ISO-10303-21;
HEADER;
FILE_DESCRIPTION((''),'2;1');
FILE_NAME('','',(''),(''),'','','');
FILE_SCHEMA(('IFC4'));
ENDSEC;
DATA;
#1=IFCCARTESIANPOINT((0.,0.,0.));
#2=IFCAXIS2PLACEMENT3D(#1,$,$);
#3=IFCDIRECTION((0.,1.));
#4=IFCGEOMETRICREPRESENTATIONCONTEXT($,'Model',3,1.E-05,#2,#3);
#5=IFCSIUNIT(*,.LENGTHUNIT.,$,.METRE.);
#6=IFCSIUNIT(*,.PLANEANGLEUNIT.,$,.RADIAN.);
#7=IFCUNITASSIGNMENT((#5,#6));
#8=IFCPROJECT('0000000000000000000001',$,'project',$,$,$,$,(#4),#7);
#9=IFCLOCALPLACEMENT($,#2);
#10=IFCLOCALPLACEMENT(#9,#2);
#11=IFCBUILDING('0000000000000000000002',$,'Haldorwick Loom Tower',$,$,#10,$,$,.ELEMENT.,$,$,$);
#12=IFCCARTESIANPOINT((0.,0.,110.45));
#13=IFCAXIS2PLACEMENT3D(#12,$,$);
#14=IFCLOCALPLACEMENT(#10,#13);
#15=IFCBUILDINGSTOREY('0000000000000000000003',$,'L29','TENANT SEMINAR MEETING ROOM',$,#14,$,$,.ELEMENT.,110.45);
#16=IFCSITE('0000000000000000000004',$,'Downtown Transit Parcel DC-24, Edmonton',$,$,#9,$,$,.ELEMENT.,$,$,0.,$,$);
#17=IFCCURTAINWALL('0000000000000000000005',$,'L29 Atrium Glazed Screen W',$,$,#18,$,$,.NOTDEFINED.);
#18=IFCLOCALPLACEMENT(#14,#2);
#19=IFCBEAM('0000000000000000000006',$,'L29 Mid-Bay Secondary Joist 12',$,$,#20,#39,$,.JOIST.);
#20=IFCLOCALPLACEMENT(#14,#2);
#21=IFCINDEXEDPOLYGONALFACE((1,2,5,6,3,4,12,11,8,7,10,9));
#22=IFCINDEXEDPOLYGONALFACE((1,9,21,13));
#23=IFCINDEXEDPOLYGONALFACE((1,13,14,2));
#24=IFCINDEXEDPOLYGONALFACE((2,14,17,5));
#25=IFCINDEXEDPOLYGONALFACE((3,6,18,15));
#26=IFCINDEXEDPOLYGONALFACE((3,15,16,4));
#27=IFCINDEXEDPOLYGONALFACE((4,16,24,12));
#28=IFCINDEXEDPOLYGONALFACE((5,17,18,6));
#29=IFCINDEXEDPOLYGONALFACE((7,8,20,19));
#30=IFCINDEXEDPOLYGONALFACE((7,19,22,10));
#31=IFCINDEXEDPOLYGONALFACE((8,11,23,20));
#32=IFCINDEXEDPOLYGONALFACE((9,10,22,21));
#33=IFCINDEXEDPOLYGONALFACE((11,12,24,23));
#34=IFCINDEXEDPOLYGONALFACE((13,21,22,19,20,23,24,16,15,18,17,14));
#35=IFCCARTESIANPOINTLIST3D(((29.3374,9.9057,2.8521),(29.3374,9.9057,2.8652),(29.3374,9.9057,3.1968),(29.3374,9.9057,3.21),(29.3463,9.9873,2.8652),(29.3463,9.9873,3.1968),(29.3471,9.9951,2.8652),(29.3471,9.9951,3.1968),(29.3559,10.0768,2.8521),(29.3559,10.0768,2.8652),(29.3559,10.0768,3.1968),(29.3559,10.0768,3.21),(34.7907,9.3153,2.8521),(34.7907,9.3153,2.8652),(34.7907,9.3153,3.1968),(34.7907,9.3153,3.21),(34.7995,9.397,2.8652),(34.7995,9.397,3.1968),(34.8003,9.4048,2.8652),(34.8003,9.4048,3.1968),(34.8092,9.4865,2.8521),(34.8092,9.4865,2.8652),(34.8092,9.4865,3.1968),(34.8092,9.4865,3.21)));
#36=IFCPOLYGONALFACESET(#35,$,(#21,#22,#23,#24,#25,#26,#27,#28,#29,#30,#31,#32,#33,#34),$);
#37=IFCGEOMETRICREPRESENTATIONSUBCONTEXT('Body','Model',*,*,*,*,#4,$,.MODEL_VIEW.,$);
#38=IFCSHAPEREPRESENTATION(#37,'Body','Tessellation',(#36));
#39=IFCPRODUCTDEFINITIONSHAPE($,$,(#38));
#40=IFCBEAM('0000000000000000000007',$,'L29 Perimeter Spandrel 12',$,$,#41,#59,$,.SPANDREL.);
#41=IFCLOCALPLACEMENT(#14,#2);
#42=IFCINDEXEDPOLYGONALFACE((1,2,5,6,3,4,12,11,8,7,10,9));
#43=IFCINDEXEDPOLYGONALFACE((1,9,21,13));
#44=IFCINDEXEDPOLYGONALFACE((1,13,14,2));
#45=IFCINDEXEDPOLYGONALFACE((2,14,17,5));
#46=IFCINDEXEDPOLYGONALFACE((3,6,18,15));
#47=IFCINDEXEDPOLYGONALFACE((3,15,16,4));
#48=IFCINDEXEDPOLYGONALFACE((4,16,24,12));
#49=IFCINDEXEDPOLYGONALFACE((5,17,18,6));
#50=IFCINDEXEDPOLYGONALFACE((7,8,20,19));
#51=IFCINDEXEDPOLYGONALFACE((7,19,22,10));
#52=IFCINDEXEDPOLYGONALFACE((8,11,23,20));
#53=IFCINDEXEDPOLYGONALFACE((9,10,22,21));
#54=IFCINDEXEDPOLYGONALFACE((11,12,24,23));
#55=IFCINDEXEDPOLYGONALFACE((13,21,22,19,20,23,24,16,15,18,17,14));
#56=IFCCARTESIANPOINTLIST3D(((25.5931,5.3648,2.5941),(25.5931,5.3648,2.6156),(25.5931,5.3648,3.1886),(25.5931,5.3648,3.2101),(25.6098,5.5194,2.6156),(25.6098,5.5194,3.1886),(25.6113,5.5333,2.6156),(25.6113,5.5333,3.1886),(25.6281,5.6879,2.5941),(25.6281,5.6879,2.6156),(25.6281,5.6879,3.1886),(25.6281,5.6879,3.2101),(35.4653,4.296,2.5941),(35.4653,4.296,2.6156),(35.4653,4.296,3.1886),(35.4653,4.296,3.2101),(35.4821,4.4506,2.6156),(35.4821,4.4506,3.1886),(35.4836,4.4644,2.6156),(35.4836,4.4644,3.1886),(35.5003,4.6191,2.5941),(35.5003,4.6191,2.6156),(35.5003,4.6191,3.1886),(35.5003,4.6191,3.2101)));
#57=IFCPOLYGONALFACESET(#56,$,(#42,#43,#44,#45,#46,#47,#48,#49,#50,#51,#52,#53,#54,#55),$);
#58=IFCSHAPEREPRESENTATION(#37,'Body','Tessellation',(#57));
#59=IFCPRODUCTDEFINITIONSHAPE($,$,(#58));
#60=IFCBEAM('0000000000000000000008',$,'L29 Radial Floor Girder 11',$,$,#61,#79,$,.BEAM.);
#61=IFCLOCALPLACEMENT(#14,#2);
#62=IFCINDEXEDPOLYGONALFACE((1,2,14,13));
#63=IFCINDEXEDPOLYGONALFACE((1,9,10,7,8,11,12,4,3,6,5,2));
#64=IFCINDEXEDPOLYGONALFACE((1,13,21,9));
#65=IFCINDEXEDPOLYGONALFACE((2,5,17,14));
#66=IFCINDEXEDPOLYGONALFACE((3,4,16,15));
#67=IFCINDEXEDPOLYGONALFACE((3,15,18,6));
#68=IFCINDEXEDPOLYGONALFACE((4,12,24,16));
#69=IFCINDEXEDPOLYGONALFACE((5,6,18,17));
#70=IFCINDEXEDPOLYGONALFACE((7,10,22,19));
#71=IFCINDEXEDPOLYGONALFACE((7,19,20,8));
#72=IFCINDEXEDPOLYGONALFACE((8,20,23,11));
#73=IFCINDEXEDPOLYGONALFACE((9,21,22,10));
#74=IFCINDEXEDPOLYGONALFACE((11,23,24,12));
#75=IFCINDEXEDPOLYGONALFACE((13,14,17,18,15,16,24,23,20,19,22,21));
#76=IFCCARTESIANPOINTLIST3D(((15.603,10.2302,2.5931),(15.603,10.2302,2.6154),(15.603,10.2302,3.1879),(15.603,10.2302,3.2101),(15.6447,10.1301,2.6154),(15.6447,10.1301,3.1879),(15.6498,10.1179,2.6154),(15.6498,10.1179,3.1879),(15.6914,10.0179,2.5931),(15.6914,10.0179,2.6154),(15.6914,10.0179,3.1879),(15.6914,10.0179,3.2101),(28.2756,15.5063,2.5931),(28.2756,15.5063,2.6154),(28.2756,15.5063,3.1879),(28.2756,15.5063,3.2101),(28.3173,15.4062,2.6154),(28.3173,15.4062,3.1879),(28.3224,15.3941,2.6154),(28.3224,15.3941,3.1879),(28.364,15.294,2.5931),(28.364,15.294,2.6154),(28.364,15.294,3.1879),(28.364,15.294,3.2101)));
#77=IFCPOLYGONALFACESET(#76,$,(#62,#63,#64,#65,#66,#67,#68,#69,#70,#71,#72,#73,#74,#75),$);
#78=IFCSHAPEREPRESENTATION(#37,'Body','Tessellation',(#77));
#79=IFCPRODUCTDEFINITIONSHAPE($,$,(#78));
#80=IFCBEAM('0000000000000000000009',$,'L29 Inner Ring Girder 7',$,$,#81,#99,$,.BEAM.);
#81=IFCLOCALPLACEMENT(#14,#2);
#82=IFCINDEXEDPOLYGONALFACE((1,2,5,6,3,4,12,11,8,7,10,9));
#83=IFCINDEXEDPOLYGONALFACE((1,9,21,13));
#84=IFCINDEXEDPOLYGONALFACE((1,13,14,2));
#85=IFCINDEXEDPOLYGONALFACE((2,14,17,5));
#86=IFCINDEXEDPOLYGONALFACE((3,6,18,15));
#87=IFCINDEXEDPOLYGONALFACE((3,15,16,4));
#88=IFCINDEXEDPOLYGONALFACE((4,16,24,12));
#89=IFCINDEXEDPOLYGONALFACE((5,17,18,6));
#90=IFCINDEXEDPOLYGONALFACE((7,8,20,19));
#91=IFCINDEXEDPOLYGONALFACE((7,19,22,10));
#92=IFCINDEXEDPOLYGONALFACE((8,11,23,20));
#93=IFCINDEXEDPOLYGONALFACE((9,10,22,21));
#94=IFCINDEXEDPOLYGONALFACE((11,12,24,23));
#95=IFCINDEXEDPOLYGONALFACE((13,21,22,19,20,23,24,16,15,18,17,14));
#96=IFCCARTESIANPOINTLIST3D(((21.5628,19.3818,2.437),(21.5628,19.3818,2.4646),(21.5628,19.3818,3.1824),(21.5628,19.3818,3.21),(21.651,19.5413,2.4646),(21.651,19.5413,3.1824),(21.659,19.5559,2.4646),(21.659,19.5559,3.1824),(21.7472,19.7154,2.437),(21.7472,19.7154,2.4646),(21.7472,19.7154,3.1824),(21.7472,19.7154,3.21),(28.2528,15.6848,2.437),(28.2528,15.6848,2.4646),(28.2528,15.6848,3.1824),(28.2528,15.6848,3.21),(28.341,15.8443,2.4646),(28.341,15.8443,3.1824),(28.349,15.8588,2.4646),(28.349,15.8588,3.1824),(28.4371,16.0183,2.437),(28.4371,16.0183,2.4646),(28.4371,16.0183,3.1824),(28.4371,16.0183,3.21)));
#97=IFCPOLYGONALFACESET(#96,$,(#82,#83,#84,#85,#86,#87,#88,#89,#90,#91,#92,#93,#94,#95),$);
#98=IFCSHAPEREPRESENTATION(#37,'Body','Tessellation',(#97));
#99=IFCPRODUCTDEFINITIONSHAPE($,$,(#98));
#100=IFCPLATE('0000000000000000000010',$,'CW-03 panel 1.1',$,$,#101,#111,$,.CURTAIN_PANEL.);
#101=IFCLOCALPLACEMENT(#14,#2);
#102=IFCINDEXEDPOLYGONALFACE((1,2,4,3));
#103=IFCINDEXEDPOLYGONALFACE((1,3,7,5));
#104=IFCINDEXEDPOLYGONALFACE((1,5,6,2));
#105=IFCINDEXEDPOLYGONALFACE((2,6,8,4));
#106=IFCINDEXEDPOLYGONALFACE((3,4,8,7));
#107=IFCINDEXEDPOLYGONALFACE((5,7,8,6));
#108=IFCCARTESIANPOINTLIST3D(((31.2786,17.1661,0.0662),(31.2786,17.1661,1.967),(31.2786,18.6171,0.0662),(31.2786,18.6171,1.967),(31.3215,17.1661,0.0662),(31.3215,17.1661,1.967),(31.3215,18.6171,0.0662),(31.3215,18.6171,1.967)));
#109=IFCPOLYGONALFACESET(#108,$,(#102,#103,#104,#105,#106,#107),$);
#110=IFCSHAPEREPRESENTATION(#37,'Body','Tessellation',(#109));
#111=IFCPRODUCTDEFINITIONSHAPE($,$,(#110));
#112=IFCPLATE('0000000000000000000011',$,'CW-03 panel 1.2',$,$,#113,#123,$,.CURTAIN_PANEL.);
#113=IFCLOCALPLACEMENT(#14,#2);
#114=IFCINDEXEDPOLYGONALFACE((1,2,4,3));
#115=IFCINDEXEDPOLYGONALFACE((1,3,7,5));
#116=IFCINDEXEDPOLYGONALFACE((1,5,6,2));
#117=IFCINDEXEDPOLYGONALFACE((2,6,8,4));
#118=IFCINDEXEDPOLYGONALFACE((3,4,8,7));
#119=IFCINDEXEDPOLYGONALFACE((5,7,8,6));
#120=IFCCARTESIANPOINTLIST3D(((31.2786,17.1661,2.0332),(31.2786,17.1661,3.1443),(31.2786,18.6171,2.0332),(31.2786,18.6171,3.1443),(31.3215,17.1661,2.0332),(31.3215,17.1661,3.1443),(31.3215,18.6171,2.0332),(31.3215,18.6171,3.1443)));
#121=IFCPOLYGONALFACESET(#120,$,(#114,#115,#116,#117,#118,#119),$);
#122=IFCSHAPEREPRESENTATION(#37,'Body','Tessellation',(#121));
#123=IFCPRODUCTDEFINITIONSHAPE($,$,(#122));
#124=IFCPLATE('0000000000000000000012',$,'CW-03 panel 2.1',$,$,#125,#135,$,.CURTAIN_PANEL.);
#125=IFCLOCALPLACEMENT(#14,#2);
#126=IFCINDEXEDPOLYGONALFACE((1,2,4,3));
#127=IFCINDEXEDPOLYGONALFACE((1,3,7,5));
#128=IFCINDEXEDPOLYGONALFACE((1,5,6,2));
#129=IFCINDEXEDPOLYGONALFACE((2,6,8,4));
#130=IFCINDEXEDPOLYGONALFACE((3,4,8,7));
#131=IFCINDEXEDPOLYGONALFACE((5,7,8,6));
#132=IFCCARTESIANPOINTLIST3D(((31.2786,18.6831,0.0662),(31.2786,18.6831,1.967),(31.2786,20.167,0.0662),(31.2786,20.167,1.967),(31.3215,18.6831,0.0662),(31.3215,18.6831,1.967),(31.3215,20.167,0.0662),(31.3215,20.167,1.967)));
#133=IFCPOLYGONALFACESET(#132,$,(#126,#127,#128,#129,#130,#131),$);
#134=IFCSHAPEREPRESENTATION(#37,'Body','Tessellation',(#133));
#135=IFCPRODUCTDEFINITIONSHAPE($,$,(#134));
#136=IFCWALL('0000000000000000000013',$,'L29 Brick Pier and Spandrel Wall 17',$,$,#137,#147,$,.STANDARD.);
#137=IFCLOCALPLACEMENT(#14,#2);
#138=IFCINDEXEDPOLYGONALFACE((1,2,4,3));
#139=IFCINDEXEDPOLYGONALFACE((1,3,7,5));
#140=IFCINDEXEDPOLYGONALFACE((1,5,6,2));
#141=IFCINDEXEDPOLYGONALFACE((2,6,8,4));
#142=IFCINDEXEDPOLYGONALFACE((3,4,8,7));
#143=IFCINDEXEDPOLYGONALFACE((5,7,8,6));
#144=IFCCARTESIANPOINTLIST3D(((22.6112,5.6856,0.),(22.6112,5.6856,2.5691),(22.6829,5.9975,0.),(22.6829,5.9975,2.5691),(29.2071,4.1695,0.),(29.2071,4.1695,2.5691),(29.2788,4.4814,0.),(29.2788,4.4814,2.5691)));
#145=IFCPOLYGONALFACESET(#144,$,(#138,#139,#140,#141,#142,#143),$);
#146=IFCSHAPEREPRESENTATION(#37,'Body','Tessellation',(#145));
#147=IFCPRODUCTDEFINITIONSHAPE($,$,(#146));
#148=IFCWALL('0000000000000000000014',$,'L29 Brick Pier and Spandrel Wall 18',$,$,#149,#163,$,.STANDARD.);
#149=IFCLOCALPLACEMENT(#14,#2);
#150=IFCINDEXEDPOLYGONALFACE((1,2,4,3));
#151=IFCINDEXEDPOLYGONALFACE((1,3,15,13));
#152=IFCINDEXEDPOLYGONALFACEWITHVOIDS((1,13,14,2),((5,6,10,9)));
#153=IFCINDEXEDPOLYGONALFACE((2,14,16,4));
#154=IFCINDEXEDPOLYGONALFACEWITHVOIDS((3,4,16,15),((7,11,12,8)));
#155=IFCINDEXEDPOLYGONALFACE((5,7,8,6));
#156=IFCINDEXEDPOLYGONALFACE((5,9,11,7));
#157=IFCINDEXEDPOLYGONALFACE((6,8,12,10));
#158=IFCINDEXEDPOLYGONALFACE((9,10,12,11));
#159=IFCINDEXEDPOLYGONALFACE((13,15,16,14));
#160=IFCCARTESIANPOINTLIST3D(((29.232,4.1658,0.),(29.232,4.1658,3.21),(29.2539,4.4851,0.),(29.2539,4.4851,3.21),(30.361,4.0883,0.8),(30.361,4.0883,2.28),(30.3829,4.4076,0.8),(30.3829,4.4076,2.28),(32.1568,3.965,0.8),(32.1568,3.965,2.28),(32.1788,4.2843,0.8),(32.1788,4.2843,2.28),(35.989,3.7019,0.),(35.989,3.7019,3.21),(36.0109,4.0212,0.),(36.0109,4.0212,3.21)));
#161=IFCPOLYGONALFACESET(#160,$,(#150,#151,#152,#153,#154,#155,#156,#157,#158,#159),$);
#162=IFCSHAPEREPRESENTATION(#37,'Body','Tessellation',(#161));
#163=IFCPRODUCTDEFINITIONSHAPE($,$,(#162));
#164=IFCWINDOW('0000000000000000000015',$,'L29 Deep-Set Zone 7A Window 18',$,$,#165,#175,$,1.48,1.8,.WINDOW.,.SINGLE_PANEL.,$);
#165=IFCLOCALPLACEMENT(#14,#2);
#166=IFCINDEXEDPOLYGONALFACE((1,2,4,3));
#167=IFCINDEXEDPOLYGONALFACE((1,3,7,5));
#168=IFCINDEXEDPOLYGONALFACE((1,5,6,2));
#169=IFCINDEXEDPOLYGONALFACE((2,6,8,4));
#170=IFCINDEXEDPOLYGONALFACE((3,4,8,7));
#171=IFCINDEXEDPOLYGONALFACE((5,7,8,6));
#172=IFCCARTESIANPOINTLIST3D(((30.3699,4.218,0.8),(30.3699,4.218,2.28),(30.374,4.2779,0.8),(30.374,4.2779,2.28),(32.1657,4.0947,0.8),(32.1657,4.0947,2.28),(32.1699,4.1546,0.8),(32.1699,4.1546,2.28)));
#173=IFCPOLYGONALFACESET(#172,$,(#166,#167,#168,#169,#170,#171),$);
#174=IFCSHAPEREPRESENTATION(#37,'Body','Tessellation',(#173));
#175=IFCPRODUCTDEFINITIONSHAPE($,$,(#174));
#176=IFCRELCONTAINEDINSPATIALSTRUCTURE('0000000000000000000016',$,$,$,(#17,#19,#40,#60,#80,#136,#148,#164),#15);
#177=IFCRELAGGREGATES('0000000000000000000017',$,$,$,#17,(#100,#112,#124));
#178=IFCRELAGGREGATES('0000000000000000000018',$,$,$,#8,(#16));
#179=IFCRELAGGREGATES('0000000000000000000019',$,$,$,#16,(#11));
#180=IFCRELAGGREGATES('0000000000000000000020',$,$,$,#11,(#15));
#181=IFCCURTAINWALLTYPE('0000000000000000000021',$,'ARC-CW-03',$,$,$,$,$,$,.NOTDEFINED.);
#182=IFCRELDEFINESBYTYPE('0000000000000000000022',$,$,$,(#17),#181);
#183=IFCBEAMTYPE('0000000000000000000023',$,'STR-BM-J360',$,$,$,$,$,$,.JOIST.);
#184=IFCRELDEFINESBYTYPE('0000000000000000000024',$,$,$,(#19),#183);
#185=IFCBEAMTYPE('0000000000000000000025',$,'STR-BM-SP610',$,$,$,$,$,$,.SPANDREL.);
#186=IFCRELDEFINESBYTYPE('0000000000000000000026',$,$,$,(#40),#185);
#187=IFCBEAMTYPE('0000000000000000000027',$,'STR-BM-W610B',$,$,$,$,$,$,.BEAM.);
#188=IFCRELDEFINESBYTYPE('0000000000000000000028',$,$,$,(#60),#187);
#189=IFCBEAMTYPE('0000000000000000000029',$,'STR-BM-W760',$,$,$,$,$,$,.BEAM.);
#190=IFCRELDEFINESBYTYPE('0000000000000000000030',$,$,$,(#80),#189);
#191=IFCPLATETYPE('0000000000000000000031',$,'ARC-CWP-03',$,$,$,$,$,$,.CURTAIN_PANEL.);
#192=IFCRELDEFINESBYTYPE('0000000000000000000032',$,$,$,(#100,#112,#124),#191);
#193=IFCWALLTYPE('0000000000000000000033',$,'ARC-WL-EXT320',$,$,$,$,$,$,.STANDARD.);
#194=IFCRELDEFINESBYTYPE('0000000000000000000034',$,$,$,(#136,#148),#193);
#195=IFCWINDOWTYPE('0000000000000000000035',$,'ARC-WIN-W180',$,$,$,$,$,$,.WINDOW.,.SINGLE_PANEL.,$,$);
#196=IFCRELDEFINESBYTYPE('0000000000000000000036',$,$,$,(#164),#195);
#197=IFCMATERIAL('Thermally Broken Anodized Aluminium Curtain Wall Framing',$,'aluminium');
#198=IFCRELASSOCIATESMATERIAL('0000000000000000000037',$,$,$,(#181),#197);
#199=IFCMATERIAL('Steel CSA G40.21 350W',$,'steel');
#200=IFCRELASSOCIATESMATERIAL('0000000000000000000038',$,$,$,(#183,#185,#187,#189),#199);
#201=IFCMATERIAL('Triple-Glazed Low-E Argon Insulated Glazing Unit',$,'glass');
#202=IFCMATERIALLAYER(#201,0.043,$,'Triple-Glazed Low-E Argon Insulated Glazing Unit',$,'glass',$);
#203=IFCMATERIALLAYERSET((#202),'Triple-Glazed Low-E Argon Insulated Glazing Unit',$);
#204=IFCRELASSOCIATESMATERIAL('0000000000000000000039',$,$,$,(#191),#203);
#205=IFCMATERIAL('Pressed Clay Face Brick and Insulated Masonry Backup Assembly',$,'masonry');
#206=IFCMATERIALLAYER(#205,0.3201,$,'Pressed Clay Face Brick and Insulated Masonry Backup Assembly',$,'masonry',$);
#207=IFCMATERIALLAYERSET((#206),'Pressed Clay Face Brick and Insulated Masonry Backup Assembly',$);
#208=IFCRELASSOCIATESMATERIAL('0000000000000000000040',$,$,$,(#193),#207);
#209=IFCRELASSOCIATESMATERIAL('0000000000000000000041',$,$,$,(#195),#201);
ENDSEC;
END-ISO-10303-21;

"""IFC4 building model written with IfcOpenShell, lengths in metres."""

from ifc_helpers import new_model, si_unit, direction, frame, frame_2d, origin, origin_2d, place, context, subcontext, project, spatial, rectangle, i_section, extrude, material, layer, layer_set, material_profile, profile_set, type_object, element, fill, aggregate, save


model = new_model("IFC4")

# Units and contexts
model_context = context("Model", 3, precision=1e-05, world=origin(), true_north=direction((0.0, 1.0)))
body_context = subcontext(model_context, "Body", "Model", "MODEL_VIEW")
ifc_project = project(units=[si_unit("LENGTHUNIT", "METRE"), si_unit("PLANEANGLEUNIT", "RADIAN")], contexts=[model_context])

# Site, building, storey
site_placement = place(None, origin())
site = spatial("IfcSite", under=ifc_project, at=site_placement, Name="Downtown Transit Parcel DC-24, Edmonton", CompositionType="ELEMENT", RefElevation=0.0)
building_placement = place(site_placement, origin())
building = spatial("IfcBuilding", under=site, at=building_placement, Name="Haldorwick Loom Tower", CompositionType="ELEMENT")
storey_placement = place(building_placement, frame((0.0, 0.0, 110.45)))
storey = spatial("IfcBuildingStorey", under=building, at=storey_placement, Name="L29", Description="TENANT SEMINAR MEETING ROOM", CompositionType="ELEMENT", Elevation=110.45)

# Curtain wall
ifc_material_1 = material(Name="Thermally Broken Anodized Aluminium Curtain Wall Framing", Category="aluminium")
curtain_wall_type = type_object("IfcCurtainWallType", Name="ARC-CW-03", PredefinedType="NOTDEFINED", material=ifc_material_1)
curtain_wall_placement = place(storey_placement, origin())
curtain_wall = element("IfcCurtainWall", 1, at=curtain_wall_placement, inside=storey, type_object=curtain_wall_type, Name="L29 Atrium Glazed Screen W", PredefinedType="NOTDEFINED")

# Beams
ifc_material_2 = material(Name="Steel CSA G40.21 350W", Category="steel")
ifc_material_profile_1 = material_profile(ifc_material_2, i_section(OverallWidth=0.1721, OverallDepth=0.3579, WebThickness=0.0078, FlangeThickness=0.0132, at=origin_2d()), Name="W360X57", Category="steel")
ifc_profile_set_1 = profile_set([ifc_material_profile_1], Name="Steel CSA G40.21 350W")
beam_type_1 = type_object("IfcBeamType", Name="STR-BM-J360", PredefinedType="JOIST", material=ifc_profile_set_1)
beam_1_placement = place(storey_placement, frame((29.3467, 9.9912, 3.031), z_axis=(0.994192, -0.107622, 0.0), x_axis=(0.107622, 0.994192, 0.0)))
element("IfcBeam", 2, at=beam_1_placement, inside=storey, type_object=beam_type_1, Name="L29 Mid-Bay Secondary Joist 12", PredefinedType="JOIST", context=body_context, shape_type="SweptSolid", body=[
    extrude(i_section(OverallWidth=0.1721, OverallDepth=0.3579, WebThickness=0.0078, FlangeThickness=0.0132, at=origin_2d()), origin(), (0.0, 0.0, 1.0), 5.4851),
])
ifc_material_profile_2 = material_profile(ifc_material_2, i_section(OverallWidth=0.325, OverallDepth=0.616, WebThickness=0.0139, FlangeThickness=0.0215, at=origin_2d()), Name="W610X174", Category="steel")
ifc_profile_set_2 = profile_set([ifc_material_profile_2], Name="Steel CSA G40.21 350W")
beam_type_2 = type_object("IfcBeamType", Name="STR-BM-SP610", PredefinedType="SPANDREL", material=ifc_profile_set_2)
beam_2_placement = place(storey_placement, frame((25.6106, 5.5264, 2.9021), z_axis=(0.99419, -0.107638, 0.0), x_axis=(0.107638, 0.99419, 0.0)))
element("IfcBeam", 3, at=beam_2_placement, inside=storey, type_object=beam_type_2, Name="L29 Perimeter Spandrel 12", PredefinedType="SPANDREL", context=body_context, shape_type="SweptSolid", body=[
    extrude(i_section(OverallWidth=0.325, OverallDepth=0.616, WebThickness=0.0139, FlangeThickness=0.0215, at=origin_2d()), origin(), (0.0, 0.0, 1.0), 9.9299),
])
ifc_material_profile_3 = material_profile(ifc_material_2, i_section(OverallWidth=0.23, OverallDepth=0.6169, WebThickness=0.0132, FlangeThickness=0.0222, at=origin_2d()), Name="W610X140", Category="steel")
ifc_profile_set_3 = profile_set([ifc_material_profile_3], Name="Steel CSA G40.21 350W")
beam_type_3 = type_object("IfcBeamType", Name="STR-BM-W610B", PredefinedType="BEAM", material=ifc_profile_set_3)
beam_3_placement = place(storey_placement, frame((28.3198, 15.4001, 2.9016), z_axis=(-0.923184, -0.384359, 0.0), x_axis=(0.384359, -0.923184, 0.0)))
element("IfcBeam", 4, at=beam_3_placement, inside=storey, type_object=beam_type_3, Name="L29 Radial Floor Girder 11", PredefinedType="BEAM", context=body_context, shape_type="SweptSolid", body=[
    extrude(i_section(OverallWidth=0.23, OverallDepth=0.6169, WebThickness=0.0132, FlangeThickness=0.0222, at=origin_2d()), origin(), (0.0, 0.0, 1.0), 13.7271),
])
ifc_material_profile_4 = material_profile(ifc_material_2, i_section(OverallWidth=0.3811, OverallDepth=0.7729, WebThickness=0.0166, FlangeThickness=0.0276, at=origin_2d()), Name="W760X257", Category="steel")
ifc_profile_set_4 = profile_set([ifc_material_profile_4], Name="Steel CSA G40.21 350W")
beam_type_4 = type_object("IfcBeamType", Name="STR-BM-W760", PredefinedType="BEAM", material=ifc_profile_set_4)
beam_4_placement = place(storey_placement, frame((28.345, 15.8516, 2.8235), z_axis=(-0.875244, 0.483681, 0.0), x_axis=(-0.483681, -0.875244, 0.0)))
element("IfcBeam", 5, at=beam_4_placement, inside=storey, type_object=beam_type_4, Name="L29 Inner Ring Girder 7", PredefinedType="BEAM", context=body_context, shape_type="SweptSolid", body=[
    extrude(i_section(OverallWidth=0.3811, OverallDepth=0.7729, WebThickness=0.0166, FlangeThickness=0.0276, at=origin_2d()), origin(), (0.0, 0.0, 1.0), 7.6436),
])

# Plates
ifc_material_3 = material(Name="Triple-Glazed Low-E Argon Insulated Glazing Unit", Category="glass")
ifc_layer_1 = layer(ifc_material_3, 0.043, Name="Triple-Glazed Low-E Argon Insulated Glazing Unit", Category="glass")
ifc_layer_set_1 = layer_set([ifc_layer_1], Name="Triple-Glazed Low-E Argon Insulated Glazing Unit")
plate_type = type_object("IfcPlateType", Name="ARC-CWP-03", PredefinedType="CURTAIN_PANEL", material=ifc_layer_set_1)
plate_1_placement = place(storey_placement, frame((31.3, 17.8916, 0.0662), z_axis=(0.0, 0.0, 1.0), x_axis=(0.0, 1.0, 0.0)))
plate_1 = element("IfcPlate", 6, at=plate_1_placement, type_object=plate_type, Name="CW-03 panel 1.1", PredefinedType="CURTAIN_PANEL", context=body_context, shape_type="SweptSolid", body=[
    extrude(rectangle(XDim=1.4509, YDim=0.043, at=origin_2d()), origin(), (0.0, 0.0, 1.0), 1.9009),
])
plate_2_placement = place(storey_placement, frame((31.3, 17.8916, 2.0332), z_axis=(0.0, 0.0, 1.0), x_axis=(0.0, 1.0, 0.0)))
plate_2 = element("IfcPlate", 7, at=plate_2_placement, type_object=plate_type, Name="CW-03 panel 1.2", PredefinedType="CURTAIN_PANEL", context=body_context, shape_type="SweptSolid", body=[
    extrude(rectangle(XDim=1.4509, YDim=0.043, at=origin_2d()), origin(), (0.0, 0.0, 1.0), 1.1111),
])
plate_3_placement = place(storey_placement, frame((31.3, 19.425, 0.0662), z_axis=(0.0, 0.0, 1.0), x_axis=(0.0, 1.0, 0.0)))
plate_3 = element("IfcPlate", 8, at=plate_3_placement, type_object=plate_type, Name="CW-03 panel 2.1", PredefinedType="CURTAIN_PANEL", context=body_context, shape_type="SweptSolid", body=[
    extrude(rectangle(XDim=1.4839, YDim=0.043, at=origin_2d()), origin(), (0.0, 0.0, 1.0), 1.9009),
])
aggregate(curtain_wall, [plate_1, plate_2, plate_3])

# Wall
ifc_material_4 = material(Name="Pressed Clay Face Brick and Insulated Masonry Backup Assembly", Category="masonry")
ifc_layer_2 = layer(ifc_material_4, 0.3201, Name="Pressed Clay Face Brick and Insulated Masonry Backup Assembly", Category="masonry")
ifc_layer_set_2 = layer_set([ifc_layer_2], Name="Pressed Clay Face Brick and Insulated Masonry Backup Assembly")
wall_type_1 = type_object("IfcWallType", Name="ARC-WL-EXT320", PredefinedType="STANDARD", material=ifc_layer_set_2)
wall_1_placement = place(storey_placement, frame((22.6472, 5.8416, 0.0), z_axis=(0.0, 0.0, 1.0), x_axis=(0.974584, -0.224022, 0.0)))
element("IfcWall", 9, at=wall_1_placement, inside=storey, type_object=wall_type_1, Name="L29 Brick Pier and Spandrel Wall 17", PredefinedType="STANDARD", context=body_context, shape_type="SweptSolid", body=[
    extrude(rectangle(XDim=6.7678, YDim=0.3201, at=frame_2d((3.3838, 0.0))), origin(), (0.0, 0.0, 1.0), 2.5691),
])

# Wall, opening, window
wall_2_placement = place(storey_placement, frame((29.2429, 4.3254, 0.0), z_axis=(0.0, 0.0, 1.0), x_axis=(0.997652, -0.068488, 0.0)))
wall_2 = element("IfcWall", 10, at=wall_2_placement, inside=storey, type_object=wall_type_1, Name="L29 Brick Pier and Spandrel Wall 18", PredefinedType="STANDARD", context=body_context, shape_type="SweptSolid", body=[
    extrude(rectangle(XDim=6.7729, YDim=0.3201, at=frame_2d((3.3865, 0.0))), origin(), (0.0, 0.0, 1.0), 3.21),
])
opening_placement = place(wall_2_placement, frame((1.1318, 0.0, 0.8)))
opening = element("IfcOpeningElement", 11, at=opening_placement, cuts=wall_2, PredefinedType="OPENING", context=body_context, shape_type="SweptSolid", body=[
    extrude(rectangle(XDim=1.8, YDim=1.48, at=frame_2d((0.8999, 0.74))), frame((0.0, 0.1699, 0.0), z_axis=(0.0, -1.0, 0.0), x_axis=(1.0, 0.0, 0.0)), (0.0, 0.0, 1.0), 0.3401),
])
window_type = type_object("IfcWindowType", Name="ARC-WIN-W180", PartitioningType="SINGLE_PANEL", PredefinedType="WINDOW", material=ifc_material_3)
window_placement = place(opening_placement, origin())
window = element("IfcWindow", 12, at=window_placement, inside=storey, type_object=window_type, Name="L29 Deep-Set Zone 7A Window 18", OverallHeight=1.48, OverallWidth=1.8, PartitioningType="SINGLE_PANEL", PredefinedType="WINDOW", context=body_context, shape_type="SweptSolid", body=[
    extrude(rectangle(XDim=1.8, YDim=1.48, at=frame_2d((0.8999, 0.74))), frame((0.0, 0.03, 0.0), z_axis=(0.0, -1.0, 0.0), x_axis=(1.0, 0.0, 0.0)), (0.0, 0.0, 1.0), 0.0601),
])
fill(opening, window)

save(model, "model.ifc")
